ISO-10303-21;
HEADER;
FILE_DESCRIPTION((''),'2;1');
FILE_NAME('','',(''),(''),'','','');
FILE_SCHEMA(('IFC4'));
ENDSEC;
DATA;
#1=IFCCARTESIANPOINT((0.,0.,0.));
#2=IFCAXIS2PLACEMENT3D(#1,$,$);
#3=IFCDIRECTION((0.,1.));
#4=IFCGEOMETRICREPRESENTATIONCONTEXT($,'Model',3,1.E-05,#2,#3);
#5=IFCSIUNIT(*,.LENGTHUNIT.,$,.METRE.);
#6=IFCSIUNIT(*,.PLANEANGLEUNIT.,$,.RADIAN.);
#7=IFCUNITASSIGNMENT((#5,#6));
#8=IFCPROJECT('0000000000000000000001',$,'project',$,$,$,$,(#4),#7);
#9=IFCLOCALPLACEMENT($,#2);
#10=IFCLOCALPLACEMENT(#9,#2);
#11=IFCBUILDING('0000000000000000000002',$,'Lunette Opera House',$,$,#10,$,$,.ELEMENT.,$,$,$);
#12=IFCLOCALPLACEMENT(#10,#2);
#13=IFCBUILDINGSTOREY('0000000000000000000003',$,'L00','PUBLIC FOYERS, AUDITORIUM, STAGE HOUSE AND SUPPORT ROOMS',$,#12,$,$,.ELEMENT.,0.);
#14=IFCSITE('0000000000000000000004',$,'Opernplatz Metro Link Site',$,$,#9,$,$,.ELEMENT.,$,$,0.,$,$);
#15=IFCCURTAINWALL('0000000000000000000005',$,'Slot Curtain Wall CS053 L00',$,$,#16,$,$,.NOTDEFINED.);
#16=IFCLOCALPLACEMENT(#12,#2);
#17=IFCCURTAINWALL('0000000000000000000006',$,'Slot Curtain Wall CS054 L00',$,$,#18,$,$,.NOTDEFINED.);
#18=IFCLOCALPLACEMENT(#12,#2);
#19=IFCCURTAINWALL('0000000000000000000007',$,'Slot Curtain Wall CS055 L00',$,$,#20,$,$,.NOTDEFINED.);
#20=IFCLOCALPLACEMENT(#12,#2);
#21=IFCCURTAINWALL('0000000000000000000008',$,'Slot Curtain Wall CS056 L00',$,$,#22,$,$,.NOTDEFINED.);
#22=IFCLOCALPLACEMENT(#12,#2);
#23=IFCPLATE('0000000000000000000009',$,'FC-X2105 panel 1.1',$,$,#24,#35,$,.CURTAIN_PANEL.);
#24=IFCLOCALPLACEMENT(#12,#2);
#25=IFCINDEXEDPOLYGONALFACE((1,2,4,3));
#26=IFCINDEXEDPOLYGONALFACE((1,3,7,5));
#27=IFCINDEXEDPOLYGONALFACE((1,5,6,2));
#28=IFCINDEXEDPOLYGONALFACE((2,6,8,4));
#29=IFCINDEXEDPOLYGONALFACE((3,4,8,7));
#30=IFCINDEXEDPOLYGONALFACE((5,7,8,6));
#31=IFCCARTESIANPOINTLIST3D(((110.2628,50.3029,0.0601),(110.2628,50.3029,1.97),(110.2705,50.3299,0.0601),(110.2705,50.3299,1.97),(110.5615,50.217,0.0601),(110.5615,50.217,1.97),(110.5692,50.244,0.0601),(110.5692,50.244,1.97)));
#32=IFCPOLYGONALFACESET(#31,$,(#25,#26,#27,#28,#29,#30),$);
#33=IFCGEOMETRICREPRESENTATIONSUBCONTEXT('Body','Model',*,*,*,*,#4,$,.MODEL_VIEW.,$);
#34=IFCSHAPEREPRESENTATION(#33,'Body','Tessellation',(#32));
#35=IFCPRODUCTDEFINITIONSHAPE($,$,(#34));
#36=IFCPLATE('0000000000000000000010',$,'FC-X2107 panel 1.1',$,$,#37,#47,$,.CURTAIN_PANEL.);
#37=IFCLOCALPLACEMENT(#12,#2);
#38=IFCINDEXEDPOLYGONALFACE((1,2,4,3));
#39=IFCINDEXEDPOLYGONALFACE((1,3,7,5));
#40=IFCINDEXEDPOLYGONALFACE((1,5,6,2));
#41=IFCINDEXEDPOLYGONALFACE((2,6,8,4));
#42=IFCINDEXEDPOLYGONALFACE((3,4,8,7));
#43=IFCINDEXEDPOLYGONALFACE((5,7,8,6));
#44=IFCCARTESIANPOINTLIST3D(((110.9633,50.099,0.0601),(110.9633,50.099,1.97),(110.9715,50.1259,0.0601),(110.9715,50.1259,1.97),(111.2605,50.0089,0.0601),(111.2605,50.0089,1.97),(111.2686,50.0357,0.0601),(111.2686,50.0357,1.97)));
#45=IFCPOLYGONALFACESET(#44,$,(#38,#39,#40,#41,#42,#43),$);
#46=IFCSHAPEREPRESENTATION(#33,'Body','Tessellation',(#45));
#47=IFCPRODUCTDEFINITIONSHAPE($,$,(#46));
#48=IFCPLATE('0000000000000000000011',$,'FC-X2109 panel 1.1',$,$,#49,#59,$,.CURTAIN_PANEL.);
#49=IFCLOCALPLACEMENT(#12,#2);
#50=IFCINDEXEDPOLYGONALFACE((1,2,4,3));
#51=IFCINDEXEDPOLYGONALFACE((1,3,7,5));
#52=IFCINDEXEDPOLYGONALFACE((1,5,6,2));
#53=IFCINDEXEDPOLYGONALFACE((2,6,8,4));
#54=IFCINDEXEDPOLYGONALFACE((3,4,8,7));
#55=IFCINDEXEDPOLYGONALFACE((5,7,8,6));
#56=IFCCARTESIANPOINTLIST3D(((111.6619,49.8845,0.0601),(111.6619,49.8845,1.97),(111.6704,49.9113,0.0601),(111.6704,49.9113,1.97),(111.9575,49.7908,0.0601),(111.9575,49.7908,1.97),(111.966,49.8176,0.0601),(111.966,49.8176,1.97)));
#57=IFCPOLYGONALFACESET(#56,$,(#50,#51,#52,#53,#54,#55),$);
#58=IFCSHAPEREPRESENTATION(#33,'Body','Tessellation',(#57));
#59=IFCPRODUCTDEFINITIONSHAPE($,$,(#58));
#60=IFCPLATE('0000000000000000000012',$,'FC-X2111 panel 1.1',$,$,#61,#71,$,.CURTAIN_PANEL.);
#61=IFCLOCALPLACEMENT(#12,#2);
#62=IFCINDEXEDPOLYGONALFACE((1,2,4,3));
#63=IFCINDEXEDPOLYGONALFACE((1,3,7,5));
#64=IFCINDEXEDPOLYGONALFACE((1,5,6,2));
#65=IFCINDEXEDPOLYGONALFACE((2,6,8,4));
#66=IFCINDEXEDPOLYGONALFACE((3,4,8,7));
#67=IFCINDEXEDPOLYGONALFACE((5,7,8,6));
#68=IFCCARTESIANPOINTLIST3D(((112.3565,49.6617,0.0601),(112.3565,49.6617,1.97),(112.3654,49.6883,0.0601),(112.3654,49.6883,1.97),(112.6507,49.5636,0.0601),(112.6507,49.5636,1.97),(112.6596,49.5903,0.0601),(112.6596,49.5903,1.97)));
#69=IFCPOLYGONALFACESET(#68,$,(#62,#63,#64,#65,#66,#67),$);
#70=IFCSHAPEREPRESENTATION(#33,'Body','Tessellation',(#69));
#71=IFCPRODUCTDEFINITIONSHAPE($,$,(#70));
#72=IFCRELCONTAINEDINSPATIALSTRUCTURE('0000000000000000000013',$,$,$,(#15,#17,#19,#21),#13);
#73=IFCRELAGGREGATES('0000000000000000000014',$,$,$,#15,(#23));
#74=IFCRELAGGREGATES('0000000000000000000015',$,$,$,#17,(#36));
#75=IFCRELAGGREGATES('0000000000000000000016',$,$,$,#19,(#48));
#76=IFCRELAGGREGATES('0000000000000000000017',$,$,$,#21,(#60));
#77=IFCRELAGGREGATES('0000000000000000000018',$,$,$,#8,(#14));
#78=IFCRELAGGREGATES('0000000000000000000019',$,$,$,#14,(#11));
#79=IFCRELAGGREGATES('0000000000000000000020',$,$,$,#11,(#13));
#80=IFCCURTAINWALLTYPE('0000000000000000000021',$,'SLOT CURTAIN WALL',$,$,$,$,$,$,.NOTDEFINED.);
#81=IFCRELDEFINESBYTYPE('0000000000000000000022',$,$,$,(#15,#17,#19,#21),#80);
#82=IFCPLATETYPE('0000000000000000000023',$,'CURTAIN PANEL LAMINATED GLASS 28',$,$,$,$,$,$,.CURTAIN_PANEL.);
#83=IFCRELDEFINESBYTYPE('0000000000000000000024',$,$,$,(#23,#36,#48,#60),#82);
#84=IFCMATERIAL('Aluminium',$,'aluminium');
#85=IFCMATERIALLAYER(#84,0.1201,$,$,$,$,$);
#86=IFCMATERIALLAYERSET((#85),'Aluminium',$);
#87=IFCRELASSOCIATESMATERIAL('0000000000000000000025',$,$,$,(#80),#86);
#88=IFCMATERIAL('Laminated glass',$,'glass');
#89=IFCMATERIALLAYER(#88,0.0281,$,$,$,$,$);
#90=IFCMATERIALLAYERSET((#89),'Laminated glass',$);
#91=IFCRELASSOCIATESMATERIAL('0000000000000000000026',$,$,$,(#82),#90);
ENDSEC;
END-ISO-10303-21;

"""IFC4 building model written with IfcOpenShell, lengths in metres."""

from ifc_helpers import new_model, si_unit, direction, frame, origin, origin_2d, place, context, subcontext, project, spatial, rectangle, extrude, material, layer, layer_set, type_object, element, aggregate, save


model = new_model("IFC4")

# Units and contexts
model_context = context("Model", 3, precision=1e-05, world=origin(), true_north=direction((0.0, 1.0)))
body_context = subcontext(model_context, "Body", "Model", "MODEL_VIEW")
ifc_project = project(units=[si_unit("LENGTHUNIT", "METRE"), si_unit("PLANEANGLEUNIT", "RADIAN")], contexts=[model_context])

# Site, building, storey
site_placement = place(None, origin())
site = spatial("IfcSite", under=ifc_project, at=site_placement, Name="Opernplatz Metro Link Site", CompositionType="ELEMENT", RefElevation=0.0)
building_placement = place(site_placement, origin())
building = spatial("IfcBuilding", under=site, at=building_placement, Name="Lunette Opera House", CompositionType="ELEMENT")
storey_placement = place(building_placement, origin())
storey = spatial("IfcBuildingStorey", under=building, at=storey_placement, Name="L00", Description="PUBLIC FOYERS, AUDITORIUM, STAGE HOUSE AND SUPPORT ROOMS", CompositionType="ELEMENT", Elevation=0.0)

# Shared definitions
ifc_material_1 = material(Name="Aluminium", Category="aluminium")
ifc_layer_1 = layer(ifc_material_1, 0.1201)
ifc_layer_set_1 = layer_set([ifc_layer_1], Name="Aluminium")
curtain_wall_type = type_object("IfcCurtainWallType", Name="SLOT CURTAIN WALL", PredefinedType="NOTDEFINED", material=ifc_layer_set_1)

# Curtain walls
curtain_wall_1_placement = place(storey_placement, origin())
curtain_wall_1 = element("IfcCurtainWall", 1, at=curtain_wall_1_placement, inside=storey, type_object=curtain_wall_type, Name="Slot Curtain Wall CS053 L00", PredefinedType="NOTDEFINED")
curtain_wall_2_placement = place(storey_placement, origin())
curtain_wall_2 = element("IfcCurtainWall", 2, at=curtain_wall_2_placement, inside=storey, type_object=curtain_wall_type, Name="Slot Curtain Wall CS054 L00", PredefinedType="NOTDEFINED")
curtain_wall_3_placement = place(storey_placement, origin())
curtain_wall_3 = element("IfcCurtainWall", 3, at=curtain_wall_3_placement, inside=storey, type_object=curtain_wall_type, Name="Slot Curtain Wall CS055 L00", PredefinedType="NOTDEFINED")
curtain_wall_4_placement = place(storey_placement, origin())
curtain_wall_4 = element("IfcCurtainWall", 4, at=curtain_wall_4_placement, inside=storey, type_object=curtain_wall_type, Name="Slot Curtain Wall CS056 L00", PredefinedType="NOTDEFINED")

# Plates
ifc_material_2 = material(Name="Laminated glass", Category="glass")
ifc_layer_2 = layer(ifc_material_2, 0.0281)
ifc_layer_set_2 = layer_set([ifc_layer_2], Name="Laminated glass")
plate_type = type_object("IfcPlateType", Name="CURTAIN PANEL LAMINATED GLASS 28", PredefinedType="CURTAIN_PANEL", material=ifc_layer_set_2)
plate_1_placement = place(storey_placement, frame((110.416, 50.2734, 0.0601), z_axis=(0.0, 0.0, 1.0), x_axis=(0.961085, -0.276254, 0.0)))
plate_1 = element("IfcPlate", 5, at=plate_1_placement, type_object=plate_type, Name="FC-X2105 panel 1.1", PredefinedType="CURTAIN_PANEL", context=body_context, shape_type="SweptSolid", body=[
    extrude(rectangle(XDim=0.3108, YDim=0.0281, at=origin_2d()), origin(), (0.0, 0.0, 1.0), 1.9099),
])
aggregate(curtain_wall_1, [plate_1])
plate_2_placement = place(storey_placement, frame((111.116, 50.0674, 0.0601), z_axis=(0.0, 0.0, 1.0), x_axis=(0.956927, -0.29033, 0.0)))
plate_2 = element("IfcPlate", 6, at=plate_2_placement, type_object=plate_type, Name="FC-X2107 panel 1.1", PredefinedType="CURTAIN_PANEL", context=body_context, shape_type="SweptSolid", body=[
    extrude(rectangle(XDim=0.3105, YDim=0.0281, at=origin_2d()), origin(), (0.0, 0.0, 1.0), 1.9099),
])
aggregate(curtain_wall_2, [plate_2])
plate_3_placement = place(storey_placement, frame((111.814, 49.8511, 0.0601), z_axis=(0.0, 0.0, 1.0), x_axis=(0.953231, -0.302244, 0.0)))
plate_3 = element("IfcPlate", 7, at=plate_3_placement, type_object=plate_type, Name="FC-X2109 panel 1.1", PredefinedType="CURTAIN_PANEL", context=body_context, shape_type="SweptSolid", body=[
    extrude(rectangle(XDim=0.3101, YDim=0.0281, at=origin_2d()), origin(), (0.0, 0.0, 1.0), 1.9099),
])
aggregate(curtain_wall_3, [plate_3])
plate_4_placement = place(storey_placement, frame((112.5081, 49.626, 0.0601), z_axis=(0.0, 0.0, 1.0), x_axis=(0.948683, -0.316228, 0.0)))
plate_4 = element("IfcPlate", 8, at=plate_4_placement, type_object=plate_type, Name="FC-X2111 panel 1.1", PredefinedType="CURTAIN_PANEL", context=body_context, shape_type="SweptSolid", body=[
    extrude(rectangle(XDim=0.3101, YDim=0.0281, at=origin_2d()), origin(), (0.0, 0.0, 1.0), 1.9099),
])
aggregate(curtain_wall_4, [plate_4])

save(model, "model.ifc")
